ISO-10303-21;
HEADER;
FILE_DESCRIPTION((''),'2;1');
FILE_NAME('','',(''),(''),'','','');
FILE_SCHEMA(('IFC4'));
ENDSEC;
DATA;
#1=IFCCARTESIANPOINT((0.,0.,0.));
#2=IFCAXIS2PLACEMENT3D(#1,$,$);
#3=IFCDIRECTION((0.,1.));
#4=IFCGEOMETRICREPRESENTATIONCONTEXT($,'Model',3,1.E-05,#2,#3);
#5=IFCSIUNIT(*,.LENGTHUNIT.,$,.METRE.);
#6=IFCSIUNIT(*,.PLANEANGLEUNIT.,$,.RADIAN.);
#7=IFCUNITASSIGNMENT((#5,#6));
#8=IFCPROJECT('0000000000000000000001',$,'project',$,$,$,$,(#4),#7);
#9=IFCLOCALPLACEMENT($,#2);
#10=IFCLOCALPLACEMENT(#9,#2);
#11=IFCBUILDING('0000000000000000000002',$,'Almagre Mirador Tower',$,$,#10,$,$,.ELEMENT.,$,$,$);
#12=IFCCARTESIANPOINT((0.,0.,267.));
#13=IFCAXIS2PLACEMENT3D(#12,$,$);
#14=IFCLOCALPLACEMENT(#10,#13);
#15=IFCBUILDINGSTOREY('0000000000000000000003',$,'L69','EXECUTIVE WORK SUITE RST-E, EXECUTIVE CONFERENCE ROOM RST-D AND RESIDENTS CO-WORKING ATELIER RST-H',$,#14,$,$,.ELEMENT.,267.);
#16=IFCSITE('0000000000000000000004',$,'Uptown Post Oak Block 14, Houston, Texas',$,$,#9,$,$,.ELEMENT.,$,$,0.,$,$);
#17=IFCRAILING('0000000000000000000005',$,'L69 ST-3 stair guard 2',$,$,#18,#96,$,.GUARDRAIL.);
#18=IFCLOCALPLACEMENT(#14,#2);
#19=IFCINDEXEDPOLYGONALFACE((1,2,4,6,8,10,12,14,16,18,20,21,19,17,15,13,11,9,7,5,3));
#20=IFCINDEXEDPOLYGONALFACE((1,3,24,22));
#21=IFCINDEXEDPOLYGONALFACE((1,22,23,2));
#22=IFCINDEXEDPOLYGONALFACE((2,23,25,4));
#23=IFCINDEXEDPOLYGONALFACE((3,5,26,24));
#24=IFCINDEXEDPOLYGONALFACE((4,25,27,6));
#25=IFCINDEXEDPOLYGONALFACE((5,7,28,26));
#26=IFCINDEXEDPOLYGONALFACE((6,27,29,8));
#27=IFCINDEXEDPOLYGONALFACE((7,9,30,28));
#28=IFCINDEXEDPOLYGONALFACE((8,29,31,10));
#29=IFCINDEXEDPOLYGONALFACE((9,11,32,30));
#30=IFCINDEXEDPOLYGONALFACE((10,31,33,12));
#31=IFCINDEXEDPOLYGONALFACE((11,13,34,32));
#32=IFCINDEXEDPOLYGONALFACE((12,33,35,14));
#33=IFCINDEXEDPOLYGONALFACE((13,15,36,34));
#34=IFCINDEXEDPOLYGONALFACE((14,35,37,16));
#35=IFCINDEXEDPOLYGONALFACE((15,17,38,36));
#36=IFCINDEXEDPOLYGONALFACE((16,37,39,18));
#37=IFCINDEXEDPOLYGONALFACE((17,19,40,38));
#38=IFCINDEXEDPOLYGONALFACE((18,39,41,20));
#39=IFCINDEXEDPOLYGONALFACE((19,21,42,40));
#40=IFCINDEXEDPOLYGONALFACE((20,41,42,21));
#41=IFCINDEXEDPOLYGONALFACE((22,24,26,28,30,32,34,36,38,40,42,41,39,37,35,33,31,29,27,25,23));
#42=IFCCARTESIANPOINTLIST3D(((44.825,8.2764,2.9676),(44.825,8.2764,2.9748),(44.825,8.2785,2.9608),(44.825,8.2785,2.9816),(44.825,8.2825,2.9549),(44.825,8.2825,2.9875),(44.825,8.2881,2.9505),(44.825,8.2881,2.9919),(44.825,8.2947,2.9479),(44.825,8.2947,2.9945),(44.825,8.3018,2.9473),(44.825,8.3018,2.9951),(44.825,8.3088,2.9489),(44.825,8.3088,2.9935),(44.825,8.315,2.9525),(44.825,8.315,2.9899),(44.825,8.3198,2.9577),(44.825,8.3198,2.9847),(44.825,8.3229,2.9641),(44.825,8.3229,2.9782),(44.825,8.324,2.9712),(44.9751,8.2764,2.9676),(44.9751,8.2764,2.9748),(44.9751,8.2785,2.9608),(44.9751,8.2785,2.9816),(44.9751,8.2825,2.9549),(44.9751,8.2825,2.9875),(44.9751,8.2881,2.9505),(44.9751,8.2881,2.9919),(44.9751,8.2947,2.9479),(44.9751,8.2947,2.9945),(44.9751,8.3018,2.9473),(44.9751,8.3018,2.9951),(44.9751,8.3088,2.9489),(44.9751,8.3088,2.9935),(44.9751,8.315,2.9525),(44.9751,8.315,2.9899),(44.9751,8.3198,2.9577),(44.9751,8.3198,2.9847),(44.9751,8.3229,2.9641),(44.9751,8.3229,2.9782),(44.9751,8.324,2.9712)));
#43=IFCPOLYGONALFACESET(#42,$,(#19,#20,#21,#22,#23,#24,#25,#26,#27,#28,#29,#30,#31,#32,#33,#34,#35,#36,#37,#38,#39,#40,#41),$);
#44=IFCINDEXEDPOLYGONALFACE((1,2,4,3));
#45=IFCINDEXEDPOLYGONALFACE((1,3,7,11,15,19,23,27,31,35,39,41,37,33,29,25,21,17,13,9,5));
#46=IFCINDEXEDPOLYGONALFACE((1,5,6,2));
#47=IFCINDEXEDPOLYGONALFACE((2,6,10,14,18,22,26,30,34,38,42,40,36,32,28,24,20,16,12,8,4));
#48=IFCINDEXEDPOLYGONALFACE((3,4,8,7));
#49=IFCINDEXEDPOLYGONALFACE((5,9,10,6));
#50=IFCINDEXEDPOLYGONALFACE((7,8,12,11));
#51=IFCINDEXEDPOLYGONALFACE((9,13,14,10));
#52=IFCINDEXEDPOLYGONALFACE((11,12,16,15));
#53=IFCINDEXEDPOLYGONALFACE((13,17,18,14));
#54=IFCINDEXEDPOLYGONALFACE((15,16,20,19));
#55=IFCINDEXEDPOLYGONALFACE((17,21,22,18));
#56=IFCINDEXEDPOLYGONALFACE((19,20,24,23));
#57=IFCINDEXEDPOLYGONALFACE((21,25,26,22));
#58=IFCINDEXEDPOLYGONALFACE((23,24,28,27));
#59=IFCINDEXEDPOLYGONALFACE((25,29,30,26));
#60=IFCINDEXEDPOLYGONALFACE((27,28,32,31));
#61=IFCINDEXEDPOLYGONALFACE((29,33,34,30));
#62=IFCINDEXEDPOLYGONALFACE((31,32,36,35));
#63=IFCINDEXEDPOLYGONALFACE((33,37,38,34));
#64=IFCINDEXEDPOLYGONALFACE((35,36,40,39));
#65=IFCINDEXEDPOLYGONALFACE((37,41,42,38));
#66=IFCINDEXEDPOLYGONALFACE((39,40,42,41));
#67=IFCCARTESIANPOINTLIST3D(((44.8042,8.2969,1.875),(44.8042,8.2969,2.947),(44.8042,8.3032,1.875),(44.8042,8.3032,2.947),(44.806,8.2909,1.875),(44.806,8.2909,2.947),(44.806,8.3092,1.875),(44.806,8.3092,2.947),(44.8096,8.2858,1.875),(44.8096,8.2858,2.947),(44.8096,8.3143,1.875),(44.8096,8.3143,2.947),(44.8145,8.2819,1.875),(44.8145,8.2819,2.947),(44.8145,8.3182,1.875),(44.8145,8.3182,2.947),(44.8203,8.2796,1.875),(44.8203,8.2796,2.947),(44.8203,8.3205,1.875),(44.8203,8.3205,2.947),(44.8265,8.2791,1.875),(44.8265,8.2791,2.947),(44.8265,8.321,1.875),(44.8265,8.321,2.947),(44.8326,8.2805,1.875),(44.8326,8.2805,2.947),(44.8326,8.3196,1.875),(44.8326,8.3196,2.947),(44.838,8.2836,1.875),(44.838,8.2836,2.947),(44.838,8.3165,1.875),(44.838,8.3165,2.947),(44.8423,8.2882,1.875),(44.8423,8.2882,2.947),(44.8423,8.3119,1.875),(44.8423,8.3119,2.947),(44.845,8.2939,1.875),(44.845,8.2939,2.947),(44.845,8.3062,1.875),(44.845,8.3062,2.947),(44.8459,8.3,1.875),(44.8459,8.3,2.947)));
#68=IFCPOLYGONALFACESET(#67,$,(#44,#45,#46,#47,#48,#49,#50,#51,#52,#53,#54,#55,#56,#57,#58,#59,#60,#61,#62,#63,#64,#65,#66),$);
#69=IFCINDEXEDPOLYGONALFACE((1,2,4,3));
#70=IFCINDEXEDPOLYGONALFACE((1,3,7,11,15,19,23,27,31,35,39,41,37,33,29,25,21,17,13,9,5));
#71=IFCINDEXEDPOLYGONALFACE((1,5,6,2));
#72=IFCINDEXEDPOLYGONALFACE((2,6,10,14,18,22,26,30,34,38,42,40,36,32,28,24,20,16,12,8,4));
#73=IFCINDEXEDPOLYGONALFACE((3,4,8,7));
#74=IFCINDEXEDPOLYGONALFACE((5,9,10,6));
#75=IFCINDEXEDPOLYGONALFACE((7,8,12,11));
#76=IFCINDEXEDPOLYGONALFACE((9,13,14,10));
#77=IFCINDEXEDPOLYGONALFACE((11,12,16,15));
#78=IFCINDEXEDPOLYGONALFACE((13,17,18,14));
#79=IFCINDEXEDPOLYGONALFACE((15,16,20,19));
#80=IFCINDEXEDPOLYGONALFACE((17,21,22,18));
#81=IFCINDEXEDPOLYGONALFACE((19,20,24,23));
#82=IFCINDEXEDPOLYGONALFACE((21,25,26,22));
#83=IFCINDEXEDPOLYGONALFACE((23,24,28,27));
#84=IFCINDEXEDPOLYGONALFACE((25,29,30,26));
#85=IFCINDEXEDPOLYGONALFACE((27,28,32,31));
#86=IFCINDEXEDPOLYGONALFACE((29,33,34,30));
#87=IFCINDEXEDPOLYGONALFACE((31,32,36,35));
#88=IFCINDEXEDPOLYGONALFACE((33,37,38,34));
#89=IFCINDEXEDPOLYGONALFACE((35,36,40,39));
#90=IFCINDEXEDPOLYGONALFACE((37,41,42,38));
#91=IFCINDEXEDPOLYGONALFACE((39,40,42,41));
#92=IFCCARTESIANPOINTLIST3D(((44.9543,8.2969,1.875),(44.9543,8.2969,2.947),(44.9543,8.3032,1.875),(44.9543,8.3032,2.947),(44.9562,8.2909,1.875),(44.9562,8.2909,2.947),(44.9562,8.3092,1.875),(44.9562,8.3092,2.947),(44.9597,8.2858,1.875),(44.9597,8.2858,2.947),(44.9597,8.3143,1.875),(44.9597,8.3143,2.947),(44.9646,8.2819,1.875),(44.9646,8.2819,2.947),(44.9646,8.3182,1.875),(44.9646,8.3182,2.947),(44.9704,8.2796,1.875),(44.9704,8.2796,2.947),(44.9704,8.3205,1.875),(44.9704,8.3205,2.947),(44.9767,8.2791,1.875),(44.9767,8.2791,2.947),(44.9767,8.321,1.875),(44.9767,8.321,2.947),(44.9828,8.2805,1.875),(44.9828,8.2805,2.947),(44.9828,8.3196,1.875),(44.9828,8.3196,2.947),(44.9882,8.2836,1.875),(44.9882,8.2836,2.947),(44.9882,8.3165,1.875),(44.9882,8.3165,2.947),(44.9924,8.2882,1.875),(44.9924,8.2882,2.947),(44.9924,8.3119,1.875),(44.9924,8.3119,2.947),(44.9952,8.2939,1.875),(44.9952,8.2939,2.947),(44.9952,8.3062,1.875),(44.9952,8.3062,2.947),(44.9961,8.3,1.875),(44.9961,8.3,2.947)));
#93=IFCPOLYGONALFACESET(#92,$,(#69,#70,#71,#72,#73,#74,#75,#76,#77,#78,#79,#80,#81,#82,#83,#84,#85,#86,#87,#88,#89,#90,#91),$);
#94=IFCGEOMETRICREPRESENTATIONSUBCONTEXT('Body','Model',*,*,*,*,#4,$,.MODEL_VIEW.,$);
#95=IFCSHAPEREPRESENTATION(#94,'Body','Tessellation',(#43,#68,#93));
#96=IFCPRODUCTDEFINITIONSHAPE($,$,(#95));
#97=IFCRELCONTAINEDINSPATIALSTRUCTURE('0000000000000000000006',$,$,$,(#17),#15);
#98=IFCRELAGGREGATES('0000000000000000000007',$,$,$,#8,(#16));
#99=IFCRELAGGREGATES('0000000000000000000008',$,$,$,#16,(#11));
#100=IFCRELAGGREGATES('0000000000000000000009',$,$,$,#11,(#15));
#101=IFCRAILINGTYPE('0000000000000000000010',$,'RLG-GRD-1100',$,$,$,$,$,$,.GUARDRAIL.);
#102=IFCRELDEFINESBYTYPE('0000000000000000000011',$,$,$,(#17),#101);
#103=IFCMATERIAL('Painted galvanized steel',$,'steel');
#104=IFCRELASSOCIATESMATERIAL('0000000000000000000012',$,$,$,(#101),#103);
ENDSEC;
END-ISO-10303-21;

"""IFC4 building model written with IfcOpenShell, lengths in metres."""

from ifc_helpers import new_model, si_unit, direction, frame, origin, origin_2d, place, context, subcontext, project, spatial, circle, extrude, material, type_object, element, save


model = new_model("IFC4")

# Units and contexts
model_context = context("Model", 3, precision=1e-05, world=origin(), true_north=direction((0.0, 1.0)))
body_context = subcontext(model_context, "Body", "Model", "MODEL_VIEW")
ifc_project = project(units=[si_unit("LENGTHUNIT", "METRE"), si_unit("PLANEANGLEUNIT", "RADIAN")], contexts=[model_context])

# Site, building, storey
site_placement = place(None, origin())
site = spatial("IfcSite", under=ifc_project, at=site_placement, Name="Uptown Post Oak Block 14, Houston, Texas", CompositionType="ELEMENT", RefElevation=0.0)
building_placement = place(site_placement, origin())
building = spatial("IfcBuilding", under=site, at=building_placement, Name="Almagre Mirador Tower", CompositionType="ELEMENT")
storey_placement = place(building_placement, frame((0.0, 0.0, 267.0)))
storey = spatial("IfcBuildingStorey", under=building, at=storey_placement, Name="L69", Description="EXECUTIVE WORK SUITE RST-E, EXECUTIVE CONFERENCE ROOM RST-D AND RESIDENTS CO-WORKING ATELIER RST-H", CompositionType="ELEMENT", Elevation=267.0)

# Railing
ifc_material_1 = material(Name="Painted galvanized steel", Category="steel")
railing_type_1 = type_object("IfcRailingType", Name="RLG-GRD-1100", PredefinedType="GUARDRAIL", material=ifc_material_1)
railing_1_placement = place(storey_placement, frame((44.825, 8.3, 1.875)))
element("IfcRailing", 1, at=railing_1_placement, inside=storey, type_object=railing_type_1, Name="L69 ST-3 stair guard 2", PredefinedType="GUARDRAIL", context=body_context, shape_type="SweptSolid", body=[
    extrude(circle(Radius=0.0239, at=origin_2d()), frame((0.0, 0.0, 1.0962), z_axis=(1.0, 0.0, 0.0), x_axis=(0.0, 1.0, 0.0)), (0.0, 0.0, 1.0), 0.1501),
    extrude(circle(Radius=0.021, at=origin_2d()), origin(), (0.0, 0.0, 1.0), 1.072),
    extrude(circle(Radius=0.021, at=origin_2d()), frame((0.1501, 0.0, 0.0)), (0.0, 0.0, 1.0), 1.072),
])

save(model, "model.ifc")
